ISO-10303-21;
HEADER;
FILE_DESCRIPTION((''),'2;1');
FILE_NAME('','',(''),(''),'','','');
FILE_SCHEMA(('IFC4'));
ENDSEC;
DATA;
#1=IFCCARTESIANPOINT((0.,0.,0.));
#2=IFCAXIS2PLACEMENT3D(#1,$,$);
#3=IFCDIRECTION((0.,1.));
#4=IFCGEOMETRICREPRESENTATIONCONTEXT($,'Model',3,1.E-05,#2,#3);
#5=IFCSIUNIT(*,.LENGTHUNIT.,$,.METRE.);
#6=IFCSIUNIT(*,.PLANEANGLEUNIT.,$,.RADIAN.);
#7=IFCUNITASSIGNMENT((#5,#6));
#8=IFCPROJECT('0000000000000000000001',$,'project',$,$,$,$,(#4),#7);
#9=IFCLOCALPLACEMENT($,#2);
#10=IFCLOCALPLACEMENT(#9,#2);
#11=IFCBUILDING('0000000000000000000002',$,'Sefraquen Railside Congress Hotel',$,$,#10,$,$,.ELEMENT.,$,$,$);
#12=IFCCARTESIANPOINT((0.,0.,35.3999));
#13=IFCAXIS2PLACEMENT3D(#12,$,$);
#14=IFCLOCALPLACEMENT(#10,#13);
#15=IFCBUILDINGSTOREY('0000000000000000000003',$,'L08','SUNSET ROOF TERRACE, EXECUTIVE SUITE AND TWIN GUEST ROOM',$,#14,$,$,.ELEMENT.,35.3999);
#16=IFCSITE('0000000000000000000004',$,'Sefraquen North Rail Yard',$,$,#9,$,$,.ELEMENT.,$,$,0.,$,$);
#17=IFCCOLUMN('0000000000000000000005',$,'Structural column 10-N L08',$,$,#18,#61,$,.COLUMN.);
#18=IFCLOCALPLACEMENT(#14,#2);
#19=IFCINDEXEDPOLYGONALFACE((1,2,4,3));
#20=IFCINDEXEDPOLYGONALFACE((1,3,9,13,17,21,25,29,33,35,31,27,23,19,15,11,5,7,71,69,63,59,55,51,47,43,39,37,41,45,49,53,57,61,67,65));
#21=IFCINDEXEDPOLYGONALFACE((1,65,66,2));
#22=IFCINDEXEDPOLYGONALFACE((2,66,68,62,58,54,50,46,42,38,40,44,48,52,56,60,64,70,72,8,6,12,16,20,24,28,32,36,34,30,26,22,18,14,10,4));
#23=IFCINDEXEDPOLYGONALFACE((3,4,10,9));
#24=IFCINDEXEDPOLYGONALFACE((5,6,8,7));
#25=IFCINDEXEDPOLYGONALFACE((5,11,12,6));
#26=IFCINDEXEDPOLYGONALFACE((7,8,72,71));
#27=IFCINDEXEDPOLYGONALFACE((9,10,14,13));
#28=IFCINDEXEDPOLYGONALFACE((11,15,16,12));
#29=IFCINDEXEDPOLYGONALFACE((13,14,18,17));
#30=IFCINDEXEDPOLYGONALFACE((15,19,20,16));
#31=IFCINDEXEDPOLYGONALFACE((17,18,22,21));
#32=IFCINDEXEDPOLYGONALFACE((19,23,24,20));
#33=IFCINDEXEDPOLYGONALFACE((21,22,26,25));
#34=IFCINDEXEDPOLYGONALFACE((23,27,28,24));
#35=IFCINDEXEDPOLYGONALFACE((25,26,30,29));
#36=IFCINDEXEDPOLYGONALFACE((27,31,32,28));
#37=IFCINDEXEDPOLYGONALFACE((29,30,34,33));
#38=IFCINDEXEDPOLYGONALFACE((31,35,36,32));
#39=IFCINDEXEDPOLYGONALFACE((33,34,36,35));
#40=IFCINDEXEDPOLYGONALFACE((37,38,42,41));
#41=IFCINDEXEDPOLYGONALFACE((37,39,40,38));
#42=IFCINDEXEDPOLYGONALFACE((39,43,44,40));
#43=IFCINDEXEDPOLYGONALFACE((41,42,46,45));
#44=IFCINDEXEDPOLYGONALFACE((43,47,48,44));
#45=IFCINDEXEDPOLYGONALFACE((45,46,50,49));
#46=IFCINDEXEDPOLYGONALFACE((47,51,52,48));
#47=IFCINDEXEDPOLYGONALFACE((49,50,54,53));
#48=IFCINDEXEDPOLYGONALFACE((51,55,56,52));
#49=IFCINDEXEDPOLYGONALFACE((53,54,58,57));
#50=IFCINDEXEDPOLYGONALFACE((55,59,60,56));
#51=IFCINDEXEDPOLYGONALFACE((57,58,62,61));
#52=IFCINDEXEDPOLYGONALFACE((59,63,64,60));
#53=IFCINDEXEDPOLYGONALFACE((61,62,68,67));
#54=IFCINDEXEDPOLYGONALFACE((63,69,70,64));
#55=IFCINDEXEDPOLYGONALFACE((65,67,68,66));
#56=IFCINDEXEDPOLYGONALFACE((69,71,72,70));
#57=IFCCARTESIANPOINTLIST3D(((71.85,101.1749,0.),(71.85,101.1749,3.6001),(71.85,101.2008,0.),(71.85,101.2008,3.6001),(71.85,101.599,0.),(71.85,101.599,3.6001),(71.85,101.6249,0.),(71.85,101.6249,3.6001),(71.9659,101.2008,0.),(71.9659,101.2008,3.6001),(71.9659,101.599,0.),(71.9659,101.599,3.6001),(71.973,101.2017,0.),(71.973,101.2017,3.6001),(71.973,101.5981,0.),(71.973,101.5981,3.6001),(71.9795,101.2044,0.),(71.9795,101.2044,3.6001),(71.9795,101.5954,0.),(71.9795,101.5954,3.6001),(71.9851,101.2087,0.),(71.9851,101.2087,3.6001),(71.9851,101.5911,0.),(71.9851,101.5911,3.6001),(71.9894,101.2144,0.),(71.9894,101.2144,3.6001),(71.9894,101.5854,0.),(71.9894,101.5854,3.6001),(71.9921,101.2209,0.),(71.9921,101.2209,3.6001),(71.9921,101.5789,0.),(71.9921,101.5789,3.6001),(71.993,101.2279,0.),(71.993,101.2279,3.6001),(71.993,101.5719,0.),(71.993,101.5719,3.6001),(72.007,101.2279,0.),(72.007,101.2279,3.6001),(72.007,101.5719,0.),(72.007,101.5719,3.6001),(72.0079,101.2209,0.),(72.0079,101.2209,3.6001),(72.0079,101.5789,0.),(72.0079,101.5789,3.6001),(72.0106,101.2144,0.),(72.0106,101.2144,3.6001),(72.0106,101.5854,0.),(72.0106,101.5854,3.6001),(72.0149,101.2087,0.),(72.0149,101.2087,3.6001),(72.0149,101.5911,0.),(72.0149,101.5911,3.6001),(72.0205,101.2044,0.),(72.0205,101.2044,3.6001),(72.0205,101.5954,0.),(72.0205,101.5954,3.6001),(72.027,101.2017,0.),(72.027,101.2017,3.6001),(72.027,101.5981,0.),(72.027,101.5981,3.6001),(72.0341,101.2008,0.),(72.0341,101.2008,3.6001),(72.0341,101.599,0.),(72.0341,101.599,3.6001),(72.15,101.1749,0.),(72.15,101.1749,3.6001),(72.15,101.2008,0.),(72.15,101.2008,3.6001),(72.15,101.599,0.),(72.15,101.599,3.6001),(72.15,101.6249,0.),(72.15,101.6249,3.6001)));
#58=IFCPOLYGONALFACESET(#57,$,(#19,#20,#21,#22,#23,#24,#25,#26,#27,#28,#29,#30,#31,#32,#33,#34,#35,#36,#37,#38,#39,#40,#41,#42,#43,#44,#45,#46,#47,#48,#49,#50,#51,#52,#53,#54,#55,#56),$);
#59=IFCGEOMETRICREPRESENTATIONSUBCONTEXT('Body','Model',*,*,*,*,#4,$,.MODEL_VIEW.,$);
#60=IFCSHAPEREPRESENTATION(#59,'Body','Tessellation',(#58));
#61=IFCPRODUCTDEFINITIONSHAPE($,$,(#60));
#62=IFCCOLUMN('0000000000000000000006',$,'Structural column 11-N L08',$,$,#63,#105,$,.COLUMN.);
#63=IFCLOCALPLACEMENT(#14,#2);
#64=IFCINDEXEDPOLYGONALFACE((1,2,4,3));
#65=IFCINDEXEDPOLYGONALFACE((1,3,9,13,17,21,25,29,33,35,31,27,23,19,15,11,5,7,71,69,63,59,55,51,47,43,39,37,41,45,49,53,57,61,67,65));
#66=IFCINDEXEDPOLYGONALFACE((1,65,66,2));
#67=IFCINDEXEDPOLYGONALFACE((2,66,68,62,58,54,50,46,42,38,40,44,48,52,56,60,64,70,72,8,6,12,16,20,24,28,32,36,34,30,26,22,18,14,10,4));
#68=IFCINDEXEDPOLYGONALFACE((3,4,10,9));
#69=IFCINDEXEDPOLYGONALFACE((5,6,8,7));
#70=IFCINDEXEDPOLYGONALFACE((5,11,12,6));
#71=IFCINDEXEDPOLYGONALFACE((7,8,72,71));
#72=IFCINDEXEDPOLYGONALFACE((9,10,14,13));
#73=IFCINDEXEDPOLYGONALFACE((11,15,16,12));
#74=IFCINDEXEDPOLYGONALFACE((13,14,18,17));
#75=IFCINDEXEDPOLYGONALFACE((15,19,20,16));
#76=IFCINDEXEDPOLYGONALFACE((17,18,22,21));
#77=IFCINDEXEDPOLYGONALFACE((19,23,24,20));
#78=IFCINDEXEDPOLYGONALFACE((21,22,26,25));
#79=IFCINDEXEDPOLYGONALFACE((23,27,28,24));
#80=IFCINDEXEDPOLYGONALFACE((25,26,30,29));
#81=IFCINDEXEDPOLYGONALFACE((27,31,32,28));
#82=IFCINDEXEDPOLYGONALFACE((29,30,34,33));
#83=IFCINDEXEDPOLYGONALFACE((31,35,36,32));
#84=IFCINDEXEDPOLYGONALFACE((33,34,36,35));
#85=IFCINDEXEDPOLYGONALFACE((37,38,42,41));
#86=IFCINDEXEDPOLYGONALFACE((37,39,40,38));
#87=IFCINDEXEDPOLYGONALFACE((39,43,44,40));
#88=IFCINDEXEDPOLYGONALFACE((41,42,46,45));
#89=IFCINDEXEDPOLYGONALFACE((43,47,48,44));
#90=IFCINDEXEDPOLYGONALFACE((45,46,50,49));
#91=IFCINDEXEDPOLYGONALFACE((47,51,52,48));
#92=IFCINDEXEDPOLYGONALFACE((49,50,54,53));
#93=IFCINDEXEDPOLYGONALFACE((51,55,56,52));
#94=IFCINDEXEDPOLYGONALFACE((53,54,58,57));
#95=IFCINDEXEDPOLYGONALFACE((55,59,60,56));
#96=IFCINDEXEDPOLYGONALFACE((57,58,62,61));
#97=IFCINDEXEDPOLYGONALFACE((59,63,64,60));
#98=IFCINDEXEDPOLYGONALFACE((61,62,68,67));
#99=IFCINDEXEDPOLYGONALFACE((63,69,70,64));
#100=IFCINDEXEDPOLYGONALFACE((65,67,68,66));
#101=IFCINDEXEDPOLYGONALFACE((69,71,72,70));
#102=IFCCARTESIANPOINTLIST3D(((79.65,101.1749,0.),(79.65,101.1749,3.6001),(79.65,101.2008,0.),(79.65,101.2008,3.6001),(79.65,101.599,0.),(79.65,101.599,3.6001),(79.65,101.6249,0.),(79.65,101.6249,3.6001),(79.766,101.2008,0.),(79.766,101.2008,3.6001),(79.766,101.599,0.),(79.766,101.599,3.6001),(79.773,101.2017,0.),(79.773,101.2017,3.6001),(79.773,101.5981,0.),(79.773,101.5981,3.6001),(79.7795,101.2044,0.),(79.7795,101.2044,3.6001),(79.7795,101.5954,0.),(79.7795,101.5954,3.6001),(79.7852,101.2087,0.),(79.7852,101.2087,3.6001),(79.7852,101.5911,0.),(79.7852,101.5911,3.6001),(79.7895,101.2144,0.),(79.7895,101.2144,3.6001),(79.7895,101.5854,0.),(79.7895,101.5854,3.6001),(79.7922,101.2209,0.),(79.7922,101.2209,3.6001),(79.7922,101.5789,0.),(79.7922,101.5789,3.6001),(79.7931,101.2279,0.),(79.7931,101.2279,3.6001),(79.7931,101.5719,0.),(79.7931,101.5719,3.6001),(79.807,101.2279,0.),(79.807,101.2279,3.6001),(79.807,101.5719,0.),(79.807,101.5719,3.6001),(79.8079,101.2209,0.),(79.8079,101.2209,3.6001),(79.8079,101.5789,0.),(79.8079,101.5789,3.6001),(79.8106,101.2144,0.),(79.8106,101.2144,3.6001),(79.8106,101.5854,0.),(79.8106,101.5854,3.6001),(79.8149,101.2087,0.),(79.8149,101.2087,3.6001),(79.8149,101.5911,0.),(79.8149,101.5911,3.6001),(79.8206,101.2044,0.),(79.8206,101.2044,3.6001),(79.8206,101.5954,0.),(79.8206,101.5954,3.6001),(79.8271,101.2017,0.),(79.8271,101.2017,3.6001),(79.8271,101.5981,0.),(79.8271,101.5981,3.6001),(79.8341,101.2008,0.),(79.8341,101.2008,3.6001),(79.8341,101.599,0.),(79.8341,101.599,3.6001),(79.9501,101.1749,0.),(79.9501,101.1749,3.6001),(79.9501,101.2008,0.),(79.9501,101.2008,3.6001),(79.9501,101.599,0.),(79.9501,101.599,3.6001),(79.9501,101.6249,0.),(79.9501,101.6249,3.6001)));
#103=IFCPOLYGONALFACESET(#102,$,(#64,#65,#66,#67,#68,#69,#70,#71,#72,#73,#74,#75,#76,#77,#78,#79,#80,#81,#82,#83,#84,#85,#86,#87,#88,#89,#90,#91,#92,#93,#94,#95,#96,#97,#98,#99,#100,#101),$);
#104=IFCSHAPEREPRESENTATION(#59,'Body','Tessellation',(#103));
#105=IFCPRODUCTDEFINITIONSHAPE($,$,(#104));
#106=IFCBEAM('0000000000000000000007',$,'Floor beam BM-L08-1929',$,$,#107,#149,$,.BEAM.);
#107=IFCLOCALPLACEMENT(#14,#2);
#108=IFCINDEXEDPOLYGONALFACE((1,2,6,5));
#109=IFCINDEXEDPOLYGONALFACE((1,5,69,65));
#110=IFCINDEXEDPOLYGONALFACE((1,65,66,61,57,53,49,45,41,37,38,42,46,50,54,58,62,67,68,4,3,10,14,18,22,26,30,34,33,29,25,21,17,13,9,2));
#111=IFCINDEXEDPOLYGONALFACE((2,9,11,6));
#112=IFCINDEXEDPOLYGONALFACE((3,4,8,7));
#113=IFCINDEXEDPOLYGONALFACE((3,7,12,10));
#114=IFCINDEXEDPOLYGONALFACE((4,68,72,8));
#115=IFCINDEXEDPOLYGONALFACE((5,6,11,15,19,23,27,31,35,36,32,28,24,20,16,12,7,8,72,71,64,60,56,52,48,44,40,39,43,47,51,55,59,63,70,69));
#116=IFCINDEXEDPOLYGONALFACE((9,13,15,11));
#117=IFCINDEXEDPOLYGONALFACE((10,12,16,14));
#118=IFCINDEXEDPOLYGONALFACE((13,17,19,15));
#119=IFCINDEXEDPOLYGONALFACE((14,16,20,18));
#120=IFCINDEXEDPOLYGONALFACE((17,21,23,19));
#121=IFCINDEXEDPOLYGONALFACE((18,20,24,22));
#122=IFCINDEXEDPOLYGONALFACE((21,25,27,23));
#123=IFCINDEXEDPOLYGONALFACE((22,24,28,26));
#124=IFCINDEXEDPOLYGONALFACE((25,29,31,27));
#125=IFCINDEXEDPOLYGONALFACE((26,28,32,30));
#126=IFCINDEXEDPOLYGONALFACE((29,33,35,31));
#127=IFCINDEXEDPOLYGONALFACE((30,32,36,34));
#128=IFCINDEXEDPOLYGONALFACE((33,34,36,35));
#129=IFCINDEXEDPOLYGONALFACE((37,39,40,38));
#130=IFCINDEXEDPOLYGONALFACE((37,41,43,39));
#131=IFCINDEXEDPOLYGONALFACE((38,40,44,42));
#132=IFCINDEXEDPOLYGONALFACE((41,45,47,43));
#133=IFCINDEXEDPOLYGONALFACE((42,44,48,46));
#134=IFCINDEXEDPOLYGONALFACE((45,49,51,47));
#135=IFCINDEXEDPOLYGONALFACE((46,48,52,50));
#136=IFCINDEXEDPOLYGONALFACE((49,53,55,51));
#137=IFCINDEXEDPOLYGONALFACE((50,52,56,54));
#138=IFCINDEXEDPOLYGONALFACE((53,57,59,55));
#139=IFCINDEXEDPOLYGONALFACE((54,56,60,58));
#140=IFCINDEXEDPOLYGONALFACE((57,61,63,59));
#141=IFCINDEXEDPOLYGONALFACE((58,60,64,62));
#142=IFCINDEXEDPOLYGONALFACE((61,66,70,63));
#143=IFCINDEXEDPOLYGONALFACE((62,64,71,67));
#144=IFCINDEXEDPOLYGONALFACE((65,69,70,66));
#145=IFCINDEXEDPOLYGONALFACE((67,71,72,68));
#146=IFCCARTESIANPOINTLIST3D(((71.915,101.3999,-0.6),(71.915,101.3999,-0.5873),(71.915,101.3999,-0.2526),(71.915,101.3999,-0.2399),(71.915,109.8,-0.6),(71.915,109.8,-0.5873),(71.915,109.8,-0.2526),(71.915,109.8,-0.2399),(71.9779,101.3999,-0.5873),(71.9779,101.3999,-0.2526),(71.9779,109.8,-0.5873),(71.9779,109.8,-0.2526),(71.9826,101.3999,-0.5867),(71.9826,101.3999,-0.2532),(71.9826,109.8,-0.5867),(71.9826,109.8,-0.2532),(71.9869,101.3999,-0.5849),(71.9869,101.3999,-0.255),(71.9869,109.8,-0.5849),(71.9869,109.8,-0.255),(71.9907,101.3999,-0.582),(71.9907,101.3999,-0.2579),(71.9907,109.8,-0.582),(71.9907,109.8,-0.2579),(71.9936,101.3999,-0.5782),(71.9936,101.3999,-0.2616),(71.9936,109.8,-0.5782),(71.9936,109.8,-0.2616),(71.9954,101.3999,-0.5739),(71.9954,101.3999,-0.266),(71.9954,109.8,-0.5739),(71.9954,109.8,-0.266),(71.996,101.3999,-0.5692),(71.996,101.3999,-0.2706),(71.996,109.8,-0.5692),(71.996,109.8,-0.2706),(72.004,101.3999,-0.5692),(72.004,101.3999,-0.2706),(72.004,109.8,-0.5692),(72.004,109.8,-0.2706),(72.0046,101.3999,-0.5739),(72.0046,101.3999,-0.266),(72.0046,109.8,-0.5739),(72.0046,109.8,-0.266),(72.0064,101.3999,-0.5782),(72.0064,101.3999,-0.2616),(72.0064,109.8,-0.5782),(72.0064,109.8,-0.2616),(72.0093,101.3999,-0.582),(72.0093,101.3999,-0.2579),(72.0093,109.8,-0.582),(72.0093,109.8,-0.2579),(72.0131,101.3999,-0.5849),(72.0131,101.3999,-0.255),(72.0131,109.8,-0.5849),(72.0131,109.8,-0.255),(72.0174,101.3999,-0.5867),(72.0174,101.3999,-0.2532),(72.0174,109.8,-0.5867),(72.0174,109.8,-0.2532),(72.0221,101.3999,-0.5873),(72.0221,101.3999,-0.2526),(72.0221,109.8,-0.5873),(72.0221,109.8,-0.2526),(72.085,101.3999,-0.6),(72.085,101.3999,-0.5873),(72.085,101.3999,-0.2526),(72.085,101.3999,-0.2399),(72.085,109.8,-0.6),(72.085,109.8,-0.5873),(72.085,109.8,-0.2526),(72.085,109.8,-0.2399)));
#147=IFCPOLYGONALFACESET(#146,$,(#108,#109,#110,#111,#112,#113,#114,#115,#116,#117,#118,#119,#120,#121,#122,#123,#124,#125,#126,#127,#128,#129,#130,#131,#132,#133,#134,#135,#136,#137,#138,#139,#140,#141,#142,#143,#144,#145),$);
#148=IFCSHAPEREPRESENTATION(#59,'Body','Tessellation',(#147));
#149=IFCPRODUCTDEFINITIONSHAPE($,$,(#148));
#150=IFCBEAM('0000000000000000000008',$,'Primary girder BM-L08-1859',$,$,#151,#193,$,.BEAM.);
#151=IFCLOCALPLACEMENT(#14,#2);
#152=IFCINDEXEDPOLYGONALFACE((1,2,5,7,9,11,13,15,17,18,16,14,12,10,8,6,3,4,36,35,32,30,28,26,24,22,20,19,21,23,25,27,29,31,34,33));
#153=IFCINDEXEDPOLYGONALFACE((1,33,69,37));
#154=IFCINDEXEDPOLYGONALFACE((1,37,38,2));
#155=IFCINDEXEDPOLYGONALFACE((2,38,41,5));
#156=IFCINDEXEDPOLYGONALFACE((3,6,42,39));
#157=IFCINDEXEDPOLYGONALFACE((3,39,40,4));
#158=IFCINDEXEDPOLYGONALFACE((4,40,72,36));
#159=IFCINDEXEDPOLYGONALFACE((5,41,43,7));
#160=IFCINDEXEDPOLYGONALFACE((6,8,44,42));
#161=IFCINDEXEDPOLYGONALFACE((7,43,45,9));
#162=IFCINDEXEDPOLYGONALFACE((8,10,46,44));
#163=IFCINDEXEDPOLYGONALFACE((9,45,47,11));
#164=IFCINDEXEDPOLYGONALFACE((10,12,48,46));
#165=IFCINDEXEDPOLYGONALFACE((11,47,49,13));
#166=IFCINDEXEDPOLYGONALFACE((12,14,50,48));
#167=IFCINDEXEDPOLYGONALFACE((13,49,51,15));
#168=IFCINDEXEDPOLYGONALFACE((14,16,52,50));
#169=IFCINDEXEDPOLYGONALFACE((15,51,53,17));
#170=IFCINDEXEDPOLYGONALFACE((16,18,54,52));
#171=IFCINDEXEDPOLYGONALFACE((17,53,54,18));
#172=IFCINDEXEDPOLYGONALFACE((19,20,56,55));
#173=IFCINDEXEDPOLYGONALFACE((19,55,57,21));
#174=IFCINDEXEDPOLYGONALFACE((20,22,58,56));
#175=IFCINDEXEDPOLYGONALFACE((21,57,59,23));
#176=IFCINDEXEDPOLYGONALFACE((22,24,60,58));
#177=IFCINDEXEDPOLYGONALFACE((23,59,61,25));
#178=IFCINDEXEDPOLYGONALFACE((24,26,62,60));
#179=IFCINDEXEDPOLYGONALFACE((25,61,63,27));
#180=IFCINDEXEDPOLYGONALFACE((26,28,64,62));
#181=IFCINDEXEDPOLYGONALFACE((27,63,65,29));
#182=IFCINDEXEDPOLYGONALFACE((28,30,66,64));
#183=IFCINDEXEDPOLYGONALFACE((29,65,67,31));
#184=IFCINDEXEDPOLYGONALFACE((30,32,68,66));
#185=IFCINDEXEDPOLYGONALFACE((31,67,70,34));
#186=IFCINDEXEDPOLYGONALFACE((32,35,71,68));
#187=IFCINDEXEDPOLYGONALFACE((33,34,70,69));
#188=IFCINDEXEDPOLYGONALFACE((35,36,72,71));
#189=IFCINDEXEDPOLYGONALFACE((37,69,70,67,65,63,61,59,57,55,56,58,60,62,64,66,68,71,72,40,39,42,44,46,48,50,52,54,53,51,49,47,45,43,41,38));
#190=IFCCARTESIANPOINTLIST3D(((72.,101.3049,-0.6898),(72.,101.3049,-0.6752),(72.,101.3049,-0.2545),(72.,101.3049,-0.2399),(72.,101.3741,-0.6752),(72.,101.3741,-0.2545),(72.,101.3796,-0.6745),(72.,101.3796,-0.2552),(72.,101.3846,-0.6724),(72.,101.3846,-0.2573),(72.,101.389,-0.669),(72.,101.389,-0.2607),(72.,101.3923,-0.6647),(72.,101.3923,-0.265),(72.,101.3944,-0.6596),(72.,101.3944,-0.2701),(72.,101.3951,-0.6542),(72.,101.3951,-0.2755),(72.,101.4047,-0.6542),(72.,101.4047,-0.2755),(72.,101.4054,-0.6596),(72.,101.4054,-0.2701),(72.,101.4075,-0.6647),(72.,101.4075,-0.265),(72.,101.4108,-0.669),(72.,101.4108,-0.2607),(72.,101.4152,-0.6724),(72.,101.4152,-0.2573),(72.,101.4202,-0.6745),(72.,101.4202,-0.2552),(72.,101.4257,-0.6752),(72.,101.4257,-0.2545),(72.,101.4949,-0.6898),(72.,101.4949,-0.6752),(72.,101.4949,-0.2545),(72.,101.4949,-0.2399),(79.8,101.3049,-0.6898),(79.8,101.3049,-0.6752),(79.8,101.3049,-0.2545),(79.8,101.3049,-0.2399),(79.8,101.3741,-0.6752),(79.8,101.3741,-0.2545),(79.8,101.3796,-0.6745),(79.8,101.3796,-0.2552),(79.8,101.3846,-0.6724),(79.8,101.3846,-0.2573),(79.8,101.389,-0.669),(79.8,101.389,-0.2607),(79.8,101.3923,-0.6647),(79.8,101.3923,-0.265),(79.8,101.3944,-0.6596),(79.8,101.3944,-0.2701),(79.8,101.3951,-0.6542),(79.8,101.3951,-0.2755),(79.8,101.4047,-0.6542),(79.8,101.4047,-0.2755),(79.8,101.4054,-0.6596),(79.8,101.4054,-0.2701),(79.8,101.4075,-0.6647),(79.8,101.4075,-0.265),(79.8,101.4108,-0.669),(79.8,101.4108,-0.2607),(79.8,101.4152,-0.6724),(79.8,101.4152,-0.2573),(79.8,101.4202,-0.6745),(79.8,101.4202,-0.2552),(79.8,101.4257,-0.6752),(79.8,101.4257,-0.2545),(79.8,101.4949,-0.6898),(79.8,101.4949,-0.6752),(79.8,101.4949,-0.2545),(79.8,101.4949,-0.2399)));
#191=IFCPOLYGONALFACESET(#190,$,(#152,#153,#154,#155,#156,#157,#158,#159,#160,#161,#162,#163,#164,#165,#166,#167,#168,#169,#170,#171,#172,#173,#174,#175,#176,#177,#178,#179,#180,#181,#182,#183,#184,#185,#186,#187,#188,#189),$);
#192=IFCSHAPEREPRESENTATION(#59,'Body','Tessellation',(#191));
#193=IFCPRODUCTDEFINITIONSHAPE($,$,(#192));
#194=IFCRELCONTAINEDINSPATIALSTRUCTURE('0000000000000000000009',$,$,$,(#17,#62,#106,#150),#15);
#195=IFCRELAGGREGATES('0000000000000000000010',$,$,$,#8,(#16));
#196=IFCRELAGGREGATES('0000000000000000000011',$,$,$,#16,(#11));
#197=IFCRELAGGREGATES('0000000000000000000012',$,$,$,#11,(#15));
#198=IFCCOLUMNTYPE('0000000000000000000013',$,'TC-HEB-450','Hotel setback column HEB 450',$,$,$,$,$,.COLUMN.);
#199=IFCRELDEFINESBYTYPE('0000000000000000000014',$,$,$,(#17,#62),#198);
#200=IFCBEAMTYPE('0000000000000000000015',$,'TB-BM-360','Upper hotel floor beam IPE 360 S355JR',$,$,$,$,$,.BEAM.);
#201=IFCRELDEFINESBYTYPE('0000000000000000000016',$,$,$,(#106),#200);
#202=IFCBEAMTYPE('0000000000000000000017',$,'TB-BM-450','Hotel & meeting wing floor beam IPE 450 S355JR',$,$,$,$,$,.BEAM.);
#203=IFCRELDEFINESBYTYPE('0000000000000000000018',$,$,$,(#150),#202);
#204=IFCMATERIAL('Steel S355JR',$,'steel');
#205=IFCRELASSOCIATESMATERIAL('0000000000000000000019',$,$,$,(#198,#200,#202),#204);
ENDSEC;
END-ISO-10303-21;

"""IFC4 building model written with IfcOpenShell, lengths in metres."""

from ifc_helpers import new_model, si_unit, direction, frame, origin, origin_2d, place, context, subcontext, project, spatial, i_section, extrude, material, material_profile, profile_set, type_object, element, save


model = new_model("IFC4")

# Units and contexts
model_context = context("Model", 3, precision=1e-05, world=origin(), true_north=direction((0.0, 1.0)))
body_context = subcontext(model_context, "Body", "Model", "MODEL_VIEW")
ifc_project = project(units=[si_unit("LENGTHUNIT", "METRE"), si_unit("PLANEANGLEUNIT", "RADIAN")], contexts=[model_context])

# Site, building, storey
site_placement = place(None, origin())
site = spatial("IfcSite", under=ifc_project, at=site_placement, Name="Sefraquen North Rail Yard", CompositionType="ELEMENT", RefElevation=0.0)
building_placement = place(site_placement, origin())
building = spatial("IfcBuilding", under=site, at=building_placement, Name="Sefraquen Railside Congress Hotel", CompositionType="ELEMENT")
storey_placement = place(building_placement, frame((0.0, 0.0, 35.3999)))
storey = spatial("IfcBuildingStorey", under=building, at=storey_placement, Name="L08", Description="SUNSET ROOF TERRACE, EXECUTIVE SUITE AND TWIN GUEST ROOM", CompositionType="ELEMENT", Elevation=35.3999)

# Columns
ifc_material_1 = material(Name="Steel S355JR", Category="steel")
ifc_material_profile_1 = material_profile(ifc_material_1, i_section(OverallWidth=0.3, OverallDepth=0.45, WebThickness=0.0139, FlangeThickness=0.0259, FilletRadius=0.0271, at=origin_2d()), Name="HEB 450")
ifc_profile_set_1 = profile_set([ifc_material_profile_1], Name="Steel S355JR")
column_type = type_object("IfcColumnType", Name="TC-HEB-450", Description="Hotel setback column HEB 450", PredefinedType="COLUMN", material=ifc_profile_set_1)
for number, where, z_axis, x_axis, name in (
    (1, (72.0, 101.3999, 0.0), (0.0, 0.0, 1.0), (1.0, 0.0, 0.0), "Structural column 10-N L08"),
    (2, (79.8, 101.3999, 0.0), (0.0, 0.0, 1.0), (1.0, 0.0, 0.0), "Structural column 11-N L08"),
):
    element("IfcColumn", number, at=place(storey_placement, frame(where, z_axis=z_axis, x_axis=x_axis)), inside=storey, type_object=column_type, Name=name, PredefinedType="COLUMN", context=body_context, shape_type="SweptSolid", body=[
        extrude(i_section(OverallWidth=0.3, OverallDepth=0.45, WebThickness=0.0139, FlangeThickness=0.0259, FilletRadius=0.0271, at=origin_2d()), origin(), (0.0, 0.0, 1.0), 3.6001),
    ])

# Beams
ifc_material_profile_2 = material_profile(ifc_material_1, i_section(OverallWidth=0.1699, OverallDepth=0.3601, WebThickness=0.0081, FlangeThickness=0.0127, FilletRadius=0.0181, at=origin_2d()), Name="IPE 360")
ifc_profile_set_2 = profile_set([ifc_material_profile_2], Name="Steel S355JR")
beam_type_1 = type_object("IfcBeamType", Name="TB-BM-360", Description="Upper hotel floor beam IPE 360 S355JR", PredefinedType="BEAM", material=ifc_profile_set_2)
beam_1_placement = place(storey_placement, frame((72.0, 101.3999, -0.4199), z_axis=(0.0, 1.0, 0.0), x_axis=(-1.0, 0.0, 0.0)))
element("IfcBeam", 3, at=beam_1_placement, inside=storey, type_object=beam_type_1, Name="Floor beam BM-L08-1929", PredefinedType="BEAM", context=body_context, shape_type="SweptSolid", body=[
    extrude(i_section(OverallWidth=0.1699, OverallDepth=0.3601, WebThickness=0.0081, FlangeThickness=0.0127, FilletRadius=0.0181, at=origin_2d()), origin(), (0.0, 0.0, 1.0), 8.4001),
])
ifc_material_profile_3 = material_profile(ifc_material_1, i_section(OverallWidth=0.1899, OverallDepth=0.45, WebThickness=0.0095, FlangeThickness=0.0146, FilletRadius=0.021, at=origin_2d()), Name="IPE 450")
ifc_profile_set_3 = profile_set([ifc_material_profile_3], Name="Steel S355JR")
beam_type_2 = type_object("IfcBeamType", Name="TB-BM-450", Description="Hotel & meeting wing floor beam IPE 450 S355JR", PredefinedType="BEAM", material=ifc_profile_set_3)
beam_2_placement = place(storey_placement, frame((72.0, 101.3999, -0.4648), z_axis=(1.0, 0.0, 0.0), x_axis=(0.0, 1.0, 0.0)))
element("IfcBeam", 4, at=beam_2_placement, inside=storey, type_object=beam_type_2, Name="Primary girder BM-L08-1859", PredefinedType="BEAM", context=body_context, shape_type="SweptSolid", body=[
    extrude(i_section(OverallWidth=0.1899, OverallDepth=0.45, WebThickness=0.0095, FlangeThickness=0.0146, FilletRadius=0.021, at=origin_2d()), origin(), (0.0, 0.0, 1.0), 7.8),
])

save(model, "model.ifc")
